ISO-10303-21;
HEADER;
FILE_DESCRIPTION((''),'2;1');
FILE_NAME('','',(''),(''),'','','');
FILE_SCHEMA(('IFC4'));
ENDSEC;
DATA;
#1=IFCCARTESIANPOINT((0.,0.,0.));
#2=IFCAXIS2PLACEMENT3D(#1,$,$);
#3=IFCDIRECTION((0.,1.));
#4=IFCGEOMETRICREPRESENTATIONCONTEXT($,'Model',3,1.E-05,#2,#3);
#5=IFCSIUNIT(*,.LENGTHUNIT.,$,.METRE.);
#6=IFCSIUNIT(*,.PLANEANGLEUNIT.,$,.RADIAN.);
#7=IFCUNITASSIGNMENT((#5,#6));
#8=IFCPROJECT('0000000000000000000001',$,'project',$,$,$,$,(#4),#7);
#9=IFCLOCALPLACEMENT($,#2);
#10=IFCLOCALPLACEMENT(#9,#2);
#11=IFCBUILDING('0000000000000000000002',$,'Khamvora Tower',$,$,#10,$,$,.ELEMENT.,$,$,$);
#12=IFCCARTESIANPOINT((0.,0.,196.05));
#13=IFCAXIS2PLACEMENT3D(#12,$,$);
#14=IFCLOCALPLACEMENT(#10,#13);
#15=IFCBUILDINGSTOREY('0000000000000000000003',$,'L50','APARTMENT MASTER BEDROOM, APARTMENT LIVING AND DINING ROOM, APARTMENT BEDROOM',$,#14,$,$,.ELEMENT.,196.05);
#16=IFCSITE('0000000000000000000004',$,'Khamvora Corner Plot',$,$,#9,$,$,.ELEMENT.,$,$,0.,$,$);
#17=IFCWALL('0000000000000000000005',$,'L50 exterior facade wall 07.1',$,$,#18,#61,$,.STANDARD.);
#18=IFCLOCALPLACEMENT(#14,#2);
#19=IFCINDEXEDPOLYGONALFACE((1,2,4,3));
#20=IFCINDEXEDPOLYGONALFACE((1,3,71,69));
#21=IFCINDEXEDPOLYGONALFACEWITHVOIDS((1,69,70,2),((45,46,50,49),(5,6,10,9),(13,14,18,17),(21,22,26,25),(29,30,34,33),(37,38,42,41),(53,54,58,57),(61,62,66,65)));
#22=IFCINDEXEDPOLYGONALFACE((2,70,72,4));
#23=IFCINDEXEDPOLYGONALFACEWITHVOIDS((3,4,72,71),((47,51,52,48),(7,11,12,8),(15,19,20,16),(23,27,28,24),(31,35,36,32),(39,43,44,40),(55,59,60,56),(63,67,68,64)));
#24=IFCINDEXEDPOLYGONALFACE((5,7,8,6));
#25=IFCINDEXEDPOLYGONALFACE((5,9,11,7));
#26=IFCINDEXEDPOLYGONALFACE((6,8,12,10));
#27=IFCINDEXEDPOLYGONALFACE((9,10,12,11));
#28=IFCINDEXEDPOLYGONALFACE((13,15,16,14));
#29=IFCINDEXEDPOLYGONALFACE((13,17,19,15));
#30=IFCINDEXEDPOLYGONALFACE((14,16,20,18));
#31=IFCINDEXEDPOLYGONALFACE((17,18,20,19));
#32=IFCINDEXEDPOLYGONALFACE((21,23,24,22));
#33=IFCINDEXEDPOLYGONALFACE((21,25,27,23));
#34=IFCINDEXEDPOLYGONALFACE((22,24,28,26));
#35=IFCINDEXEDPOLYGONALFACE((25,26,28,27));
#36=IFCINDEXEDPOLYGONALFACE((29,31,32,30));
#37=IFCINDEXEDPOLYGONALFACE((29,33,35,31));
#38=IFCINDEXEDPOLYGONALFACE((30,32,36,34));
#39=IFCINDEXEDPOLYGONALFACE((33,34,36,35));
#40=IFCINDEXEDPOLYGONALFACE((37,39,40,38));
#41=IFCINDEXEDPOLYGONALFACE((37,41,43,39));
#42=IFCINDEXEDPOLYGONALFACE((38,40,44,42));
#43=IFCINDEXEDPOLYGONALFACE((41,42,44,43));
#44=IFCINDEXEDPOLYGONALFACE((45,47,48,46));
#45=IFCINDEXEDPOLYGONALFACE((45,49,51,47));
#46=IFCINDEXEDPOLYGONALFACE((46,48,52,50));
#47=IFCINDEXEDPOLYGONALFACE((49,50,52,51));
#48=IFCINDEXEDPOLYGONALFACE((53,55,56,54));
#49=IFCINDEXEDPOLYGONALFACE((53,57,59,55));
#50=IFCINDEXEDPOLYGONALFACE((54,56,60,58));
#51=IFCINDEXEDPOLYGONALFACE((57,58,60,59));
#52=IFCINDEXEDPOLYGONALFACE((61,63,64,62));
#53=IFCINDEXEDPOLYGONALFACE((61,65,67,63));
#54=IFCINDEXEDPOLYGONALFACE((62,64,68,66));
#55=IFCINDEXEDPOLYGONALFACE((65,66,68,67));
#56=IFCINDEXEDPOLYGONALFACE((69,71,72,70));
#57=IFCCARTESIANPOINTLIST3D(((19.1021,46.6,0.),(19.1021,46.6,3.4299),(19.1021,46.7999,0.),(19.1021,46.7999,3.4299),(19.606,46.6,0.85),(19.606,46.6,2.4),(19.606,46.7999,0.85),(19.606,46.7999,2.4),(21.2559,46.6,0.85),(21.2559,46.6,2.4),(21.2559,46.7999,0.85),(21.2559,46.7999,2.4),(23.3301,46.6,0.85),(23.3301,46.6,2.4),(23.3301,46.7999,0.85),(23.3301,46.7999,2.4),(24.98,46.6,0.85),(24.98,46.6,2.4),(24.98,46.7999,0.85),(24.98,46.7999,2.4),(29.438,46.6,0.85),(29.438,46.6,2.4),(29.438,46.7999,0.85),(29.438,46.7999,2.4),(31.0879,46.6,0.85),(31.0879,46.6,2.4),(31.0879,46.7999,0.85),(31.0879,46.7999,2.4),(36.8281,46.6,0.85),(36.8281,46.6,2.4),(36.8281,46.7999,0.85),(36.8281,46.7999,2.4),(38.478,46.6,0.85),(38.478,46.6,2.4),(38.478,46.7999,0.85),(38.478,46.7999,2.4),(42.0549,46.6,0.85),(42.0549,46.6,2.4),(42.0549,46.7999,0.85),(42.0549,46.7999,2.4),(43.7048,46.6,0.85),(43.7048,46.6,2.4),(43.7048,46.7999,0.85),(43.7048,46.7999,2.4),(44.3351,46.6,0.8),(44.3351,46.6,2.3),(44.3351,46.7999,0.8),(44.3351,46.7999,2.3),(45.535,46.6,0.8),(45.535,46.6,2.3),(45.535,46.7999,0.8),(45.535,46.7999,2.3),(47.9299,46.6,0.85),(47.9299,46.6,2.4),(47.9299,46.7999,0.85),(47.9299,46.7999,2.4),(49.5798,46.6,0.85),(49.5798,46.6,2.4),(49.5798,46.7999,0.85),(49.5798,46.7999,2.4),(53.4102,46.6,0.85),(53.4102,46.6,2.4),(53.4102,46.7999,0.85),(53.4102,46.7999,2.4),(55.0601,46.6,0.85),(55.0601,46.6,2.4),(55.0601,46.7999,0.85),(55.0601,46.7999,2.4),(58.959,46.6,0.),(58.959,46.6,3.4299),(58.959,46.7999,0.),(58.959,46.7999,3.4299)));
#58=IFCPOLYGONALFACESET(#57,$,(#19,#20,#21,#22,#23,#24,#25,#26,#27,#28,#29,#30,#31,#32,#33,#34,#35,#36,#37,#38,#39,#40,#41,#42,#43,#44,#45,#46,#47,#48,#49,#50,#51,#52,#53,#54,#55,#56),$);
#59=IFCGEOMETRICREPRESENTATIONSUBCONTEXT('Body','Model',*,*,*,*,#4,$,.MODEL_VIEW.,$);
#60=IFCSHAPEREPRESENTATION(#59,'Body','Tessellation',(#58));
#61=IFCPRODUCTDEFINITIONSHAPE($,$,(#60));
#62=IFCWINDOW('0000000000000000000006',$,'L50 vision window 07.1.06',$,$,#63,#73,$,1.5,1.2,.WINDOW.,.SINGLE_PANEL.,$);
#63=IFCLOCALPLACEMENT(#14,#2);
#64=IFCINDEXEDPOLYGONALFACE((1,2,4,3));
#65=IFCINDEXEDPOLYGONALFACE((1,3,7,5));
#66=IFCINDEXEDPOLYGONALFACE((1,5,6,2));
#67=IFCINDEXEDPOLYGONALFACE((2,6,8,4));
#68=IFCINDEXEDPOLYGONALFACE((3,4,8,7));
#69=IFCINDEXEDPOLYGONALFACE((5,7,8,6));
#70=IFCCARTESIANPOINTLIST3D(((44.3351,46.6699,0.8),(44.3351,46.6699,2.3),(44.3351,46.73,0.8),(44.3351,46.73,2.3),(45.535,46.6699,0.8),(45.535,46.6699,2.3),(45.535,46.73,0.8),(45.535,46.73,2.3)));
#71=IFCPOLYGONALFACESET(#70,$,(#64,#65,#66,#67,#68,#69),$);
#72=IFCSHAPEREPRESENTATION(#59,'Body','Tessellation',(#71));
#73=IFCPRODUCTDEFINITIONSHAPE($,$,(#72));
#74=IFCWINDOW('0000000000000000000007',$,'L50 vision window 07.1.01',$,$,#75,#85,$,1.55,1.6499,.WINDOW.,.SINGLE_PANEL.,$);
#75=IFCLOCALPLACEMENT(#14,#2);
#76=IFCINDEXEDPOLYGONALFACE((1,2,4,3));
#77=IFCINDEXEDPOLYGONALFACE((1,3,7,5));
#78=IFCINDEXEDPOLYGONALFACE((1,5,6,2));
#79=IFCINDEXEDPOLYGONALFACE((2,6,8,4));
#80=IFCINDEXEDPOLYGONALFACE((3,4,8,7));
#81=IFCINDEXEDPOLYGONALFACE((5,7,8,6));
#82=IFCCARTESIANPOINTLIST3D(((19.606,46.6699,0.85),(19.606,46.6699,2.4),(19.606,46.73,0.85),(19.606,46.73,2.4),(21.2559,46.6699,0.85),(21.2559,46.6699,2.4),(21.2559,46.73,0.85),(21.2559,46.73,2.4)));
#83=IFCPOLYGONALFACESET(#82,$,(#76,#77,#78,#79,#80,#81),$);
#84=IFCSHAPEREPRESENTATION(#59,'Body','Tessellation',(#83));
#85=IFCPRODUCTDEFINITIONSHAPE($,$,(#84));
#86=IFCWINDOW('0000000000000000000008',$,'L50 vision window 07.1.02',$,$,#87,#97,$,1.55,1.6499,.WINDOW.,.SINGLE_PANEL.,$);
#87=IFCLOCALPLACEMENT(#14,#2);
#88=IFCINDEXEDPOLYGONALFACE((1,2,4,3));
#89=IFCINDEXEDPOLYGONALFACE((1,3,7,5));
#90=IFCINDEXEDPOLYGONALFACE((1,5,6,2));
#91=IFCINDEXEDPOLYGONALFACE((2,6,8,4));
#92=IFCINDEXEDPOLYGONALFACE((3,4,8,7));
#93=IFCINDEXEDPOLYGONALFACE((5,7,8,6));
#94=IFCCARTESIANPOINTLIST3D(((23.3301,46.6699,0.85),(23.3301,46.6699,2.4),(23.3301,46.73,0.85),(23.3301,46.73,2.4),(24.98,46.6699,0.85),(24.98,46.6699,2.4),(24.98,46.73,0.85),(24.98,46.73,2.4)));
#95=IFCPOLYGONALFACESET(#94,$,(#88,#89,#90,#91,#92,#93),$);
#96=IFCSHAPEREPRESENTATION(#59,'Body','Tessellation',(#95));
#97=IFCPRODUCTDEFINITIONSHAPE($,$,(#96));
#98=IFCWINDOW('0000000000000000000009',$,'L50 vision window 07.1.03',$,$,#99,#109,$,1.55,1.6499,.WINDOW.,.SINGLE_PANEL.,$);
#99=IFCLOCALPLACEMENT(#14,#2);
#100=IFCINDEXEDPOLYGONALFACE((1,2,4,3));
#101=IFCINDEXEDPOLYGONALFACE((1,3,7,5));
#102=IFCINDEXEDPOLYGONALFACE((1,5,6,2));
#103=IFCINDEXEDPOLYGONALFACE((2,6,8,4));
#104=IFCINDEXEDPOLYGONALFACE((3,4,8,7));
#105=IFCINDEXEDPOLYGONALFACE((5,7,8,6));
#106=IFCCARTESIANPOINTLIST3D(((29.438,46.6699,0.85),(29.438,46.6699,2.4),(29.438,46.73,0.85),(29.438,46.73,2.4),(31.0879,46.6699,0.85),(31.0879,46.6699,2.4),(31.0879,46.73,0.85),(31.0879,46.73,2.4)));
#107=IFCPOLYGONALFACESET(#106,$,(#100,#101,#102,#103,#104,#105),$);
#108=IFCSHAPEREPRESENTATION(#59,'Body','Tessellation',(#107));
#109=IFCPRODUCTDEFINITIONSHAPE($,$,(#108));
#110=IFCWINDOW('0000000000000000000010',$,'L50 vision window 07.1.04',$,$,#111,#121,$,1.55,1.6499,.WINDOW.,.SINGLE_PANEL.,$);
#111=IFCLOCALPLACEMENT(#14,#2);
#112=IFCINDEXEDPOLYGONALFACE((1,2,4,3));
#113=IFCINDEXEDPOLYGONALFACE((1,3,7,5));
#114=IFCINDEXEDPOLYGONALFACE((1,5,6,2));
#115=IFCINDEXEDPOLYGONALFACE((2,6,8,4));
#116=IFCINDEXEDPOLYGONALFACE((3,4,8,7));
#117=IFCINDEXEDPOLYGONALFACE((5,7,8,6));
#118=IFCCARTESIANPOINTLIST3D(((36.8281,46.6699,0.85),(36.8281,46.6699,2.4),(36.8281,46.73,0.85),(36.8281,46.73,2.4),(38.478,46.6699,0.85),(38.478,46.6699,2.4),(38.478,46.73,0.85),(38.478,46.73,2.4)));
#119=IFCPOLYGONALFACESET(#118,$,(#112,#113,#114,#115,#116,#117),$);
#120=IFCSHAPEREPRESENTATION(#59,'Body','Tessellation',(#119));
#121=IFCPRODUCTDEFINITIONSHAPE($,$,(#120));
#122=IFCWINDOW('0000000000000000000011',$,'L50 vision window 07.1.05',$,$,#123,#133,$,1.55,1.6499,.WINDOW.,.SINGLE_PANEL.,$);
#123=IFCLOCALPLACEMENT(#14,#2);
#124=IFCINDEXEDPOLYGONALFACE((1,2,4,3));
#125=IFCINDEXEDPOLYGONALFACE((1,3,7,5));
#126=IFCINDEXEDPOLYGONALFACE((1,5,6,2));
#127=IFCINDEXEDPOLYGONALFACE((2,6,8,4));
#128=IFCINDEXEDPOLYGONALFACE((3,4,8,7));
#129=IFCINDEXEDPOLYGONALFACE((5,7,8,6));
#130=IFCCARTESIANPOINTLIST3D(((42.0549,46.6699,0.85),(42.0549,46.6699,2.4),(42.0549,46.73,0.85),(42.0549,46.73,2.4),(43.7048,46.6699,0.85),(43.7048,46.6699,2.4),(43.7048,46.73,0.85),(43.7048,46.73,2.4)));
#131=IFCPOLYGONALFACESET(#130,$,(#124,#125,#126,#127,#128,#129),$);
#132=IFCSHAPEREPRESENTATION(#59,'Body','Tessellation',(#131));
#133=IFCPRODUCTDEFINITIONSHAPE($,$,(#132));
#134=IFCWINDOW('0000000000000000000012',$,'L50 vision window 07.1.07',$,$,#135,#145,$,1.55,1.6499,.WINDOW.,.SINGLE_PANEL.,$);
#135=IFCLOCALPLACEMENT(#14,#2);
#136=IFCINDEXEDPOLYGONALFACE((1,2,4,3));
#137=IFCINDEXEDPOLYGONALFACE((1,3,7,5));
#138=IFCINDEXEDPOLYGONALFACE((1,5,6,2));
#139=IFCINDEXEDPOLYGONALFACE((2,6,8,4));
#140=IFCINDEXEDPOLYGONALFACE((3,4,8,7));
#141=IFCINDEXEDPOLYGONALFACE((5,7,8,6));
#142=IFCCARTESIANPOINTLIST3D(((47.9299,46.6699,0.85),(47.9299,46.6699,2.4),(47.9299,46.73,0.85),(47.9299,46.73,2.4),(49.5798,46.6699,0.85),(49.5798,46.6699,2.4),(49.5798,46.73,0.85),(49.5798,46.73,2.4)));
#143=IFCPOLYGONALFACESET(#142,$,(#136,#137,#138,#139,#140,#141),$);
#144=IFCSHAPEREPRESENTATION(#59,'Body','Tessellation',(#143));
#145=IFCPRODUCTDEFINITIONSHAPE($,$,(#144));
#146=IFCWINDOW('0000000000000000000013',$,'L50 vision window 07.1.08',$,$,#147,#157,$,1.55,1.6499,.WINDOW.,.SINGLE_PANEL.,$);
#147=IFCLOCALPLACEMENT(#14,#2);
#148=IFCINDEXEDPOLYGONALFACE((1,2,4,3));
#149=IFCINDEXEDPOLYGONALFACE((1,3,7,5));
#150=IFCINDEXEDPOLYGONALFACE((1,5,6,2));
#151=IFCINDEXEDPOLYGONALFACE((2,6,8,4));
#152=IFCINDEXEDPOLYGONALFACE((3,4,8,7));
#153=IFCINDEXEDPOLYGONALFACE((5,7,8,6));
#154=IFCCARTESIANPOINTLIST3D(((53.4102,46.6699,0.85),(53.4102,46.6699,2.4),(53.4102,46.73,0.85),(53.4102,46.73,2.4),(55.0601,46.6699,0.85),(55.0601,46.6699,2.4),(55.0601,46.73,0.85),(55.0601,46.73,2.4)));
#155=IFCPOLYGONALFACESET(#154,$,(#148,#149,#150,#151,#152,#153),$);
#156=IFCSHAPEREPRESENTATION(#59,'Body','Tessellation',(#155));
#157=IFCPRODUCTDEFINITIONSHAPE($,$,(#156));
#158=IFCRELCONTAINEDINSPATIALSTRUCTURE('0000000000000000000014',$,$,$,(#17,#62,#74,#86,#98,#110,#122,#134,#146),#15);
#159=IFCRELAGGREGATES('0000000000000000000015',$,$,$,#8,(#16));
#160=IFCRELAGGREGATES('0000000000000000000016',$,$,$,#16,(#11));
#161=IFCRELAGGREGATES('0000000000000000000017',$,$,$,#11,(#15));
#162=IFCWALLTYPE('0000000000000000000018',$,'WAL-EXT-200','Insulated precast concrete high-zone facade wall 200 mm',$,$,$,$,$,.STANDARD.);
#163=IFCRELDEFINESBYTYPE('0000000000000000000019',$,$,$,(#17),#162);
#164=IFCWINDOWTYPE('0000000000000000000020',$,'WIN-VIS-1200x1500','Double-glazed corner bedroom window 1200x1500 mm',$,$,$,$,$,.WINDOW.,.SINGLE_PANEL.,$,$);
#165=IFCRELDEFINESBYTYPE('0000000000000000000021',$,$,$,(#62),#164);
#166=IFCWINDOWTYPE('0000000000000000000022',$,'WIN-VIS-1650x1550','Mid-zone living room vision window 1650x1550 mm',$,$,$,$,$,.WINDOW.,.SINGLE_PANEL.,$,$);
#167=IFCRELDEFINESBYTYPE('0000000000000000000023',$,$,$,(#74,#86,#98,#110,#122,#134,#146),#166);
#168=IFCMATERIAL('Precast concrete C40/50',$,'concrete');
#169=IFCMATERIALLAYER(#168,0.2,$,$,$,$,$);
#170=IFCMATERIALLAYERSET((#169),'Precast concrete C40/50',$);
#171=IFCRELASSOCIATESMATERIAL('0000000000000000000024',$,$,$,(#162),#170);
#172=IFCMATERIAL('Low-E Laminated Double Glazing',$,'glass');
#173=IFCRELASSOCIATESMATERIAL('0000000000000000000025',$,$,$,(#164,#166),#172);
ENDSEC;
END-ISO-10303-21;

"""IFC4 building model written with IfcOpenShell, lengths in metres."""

from ifc_helpers import new_model, si_unit, direction, frame, frame_2d, origin, place, context, subcontext, project, spatial, rectangle, extrude, material, layer, layer_set, type_object, element, fill, save


model = new_model("IFC4")

# Units and contexts
model_context = context("Model", 3, precision=1e-05, world=origin(), true_north=direction((0.0, 1.0)))
body_context = subcontext(model_context, "Body", "Model", "MODEL_VIEW")
ifc_project = project(units=[si_unit("LENGTHUNIT", "METRE"), si_unit("PLANEANGLEUNIT", "RADIAN")], contexts=[model_context])

# Site, building, storey
site_placement = place(None, origin())
site = spatial("IfcSite", under=ifc_project, at=site_placement, Name="Khamvora Corner Plot", CompositionType="ELEMENT", RefElevation=0.0)
building_placement = place(site_placement, origin())
building = spatial("IfcBuilding", under=site, at=building_placement, Name="Khamvora Tower", CompositionType="ELEMENT")
storey_placement = place(building_placement, frame((0.0, 0.0, 196.05)))
storey = spatial("IfcBuildingStorey", under=building, at=storey_placement, Name="L50", Description="APARTMENT MASTER BEDROOM, APARTMENT LIVING AND DINING ROOM, APARTMENT BEDROOM", CompositionType="ELEMENT", Elevation=196.05)

# Shared definitions
ifc_material_1 = material(Name="Precast concrete C40/50", Category="concrete")
ifc_layer_1 = layer(ifc_material_1, 0.2)
ifc_layer_set_1 = layer_set([ifc_layer_1], Name="Precast concrete C40/50")
wall_type_1 = type_object("IfcWallType", Name="WAL-EXT-200", Description="Insulated precast concrete high-zone facade wall 200 mm", PredefinedType="STANDARD", material=ifc_layer_set_1)

# Wall, openings, windows
wall_1_placement = place(storey_placement, frame((19.1021, 46.7, 0.0), z_axis=(0.0, 0.0, 1.0), x_axis=(1.0, 0.0, 0.0)))
wall_1 = element("IfcWall", 1, at=wall_1_placement, inside=storey, type_object=wall_type_1, Name="L50 exterior facade wall 07.1", PredefinedType="STANDARD", context=body_context, shape_type="SweptSolid", body=[
    extrude(rectangle(XDim=39.8569, YDim=0.2, at=frame_2d((19.9285, 0.0))), origin(), (0.0, 0.0, 1.0), 3.4299),
])
opening_1_placement = place(wall_1_placement, frame((0.5039, 0.0, 0.8501)))
opening_1 = element("IfcOpeningElement", 2, at=opening_1_placement, cuts=wall_1, PredefinedType="OPENING", context=body_context, shape_type="SweptSolid", body=[
    extrude(rectangle(XDim=1.6499, YDim=1.55, at=frame_2d((0.825, 0.7749))), frame((0.0, 0.1099, 0.0), z_axis=(0.0, -1.0, 0.0), x_axis=(1.0, 0.0, 0.0)), (0.0, 0.0, 1.0), 0.22),
])
opening_2_placement = place(wall_1_placement, frame((4.228, 0.0, 0.8501)))
opening_2 = element("IfcOpeningElement", 3, at=opening_2_placement, cuts=wall_1, PredefinedType="OPENING", context=body_context, shape_type="SweptSolid", body=[
    extrude(rectangle(XDim=1.6499, YDim=1.55, at=frame_2d((0.825, 0.7749))), frame((0.0, 0.1099, 0.0), z_axis=(0.0, -1.0, 0.0), x_axis=(1.0, 0.0, 0.0)), (0.0, 0.0, 1.0), 0.22),
])
opening_3_placement = place(wall_1_placement, frame((10.3359, 0.0, 0.8501)))
opening_3 = element("IfcOpeningElement", 4, at=opening_3_placement, cuts=wall_1, PredefinedType="OPENING", context=body_context, shape_type="SweptSolid", body=[
    extrude(rectangle(XDim=1.6499, YDim=1.55, at=frame_2d((0.825, 0.7749))), frame((0.0, 0.1099, 0.0), z_axis=(0.0, -1.0, 0.0), x_axis=(1.0, 0.0, 0.0)), (0.0, 0.0, 1.0), 0.22),
])
opening_4_placement = place(wall_1_placement, frame((17.7261, 0.0, 0.8501)))
opening_4 = element("IfcOpeningElement", 5, at=opening_4_placement, cuts=wall_1, PredefinedType="OPENING", context=body_context, shape_type="SweptSolid", body=[
    extrude(rectangle(XDim=1.6499, YDim=1.55, at=frame_2d((0.825, 0.7749))), frame((0.0, 0.1099, 0.0), z_axis=(0.0, -1.0, 0.0), x_axis=(1.0, 0.0, 0.0)), (0.0, 0.0, 1.0), 0.22),
])
opening_5_placement = place(wall_1_placement, frame((22.9529, 0.0, 0.8501)))
opening_5 = element("IfcOpeningElement", 6, at=opening_5_placement, cuts=wall_1, PredefinedType="OPENING", context=body_context, shape_type="SweptSolid", body=[
    extrude(rectangle(XDim=1.6499, YDim=1.55, at=frame_2d((0.825, 0.7749))), frame((0.0, 0.1099, 0.0), z_axis=(0.0, -1.0, 0.0), x_axis=(1.0, 0.0, 0.0)), (0.0, 0.0, 1.0), 0.22),
])
opening_6_placement = place(wall_1_placement, frame((25.2329, 0.0, 0.8)))
opening_6 = element("IfcOpeningElement", 7, at=opening_6_placement, cuts=wall_1, PredefinedType="OPENING", context=body_context, shape_type="SweptSolid", body=[
    extrude(rectangle(XDim=1.2, YDim=1.5, at=frame_2d((0.6001, 0.75))), frame((0.0, 0.1099, 0.0), z_axis=(0.0, -1.0, 0.0), x_axis=(1.0, 0.0, 0.0)), (0.0, 0.0, 1.0), 0.22),
])
opening_7_placement = place(wall_1_placement, frame((28.8279, 0.0, 0.8501)))
opening_7 = element("IfcOpeningElement", 8, at=opening_7_placement, cuts=wall_1, PredefinedType="OPENING", context=body_context, shape_type="SweptSolid", body=[
    extrude(rectangle(XDim=1.6499, YDim=1.55, at=frame_2d((0.825, 0.7749))), frame((0.0, 0.1099, 0.0), z_axis=(0.0, -1.0, 0.0), x_axis=(1.0, 0.0, 0.0)), (0.0, 0.0, 1.0), 0.22),
])
opening_8_placement = place(wall_1_placement, frame((34.3081, 0.0, 0.8501)))
opening_8 = element("IfcOpeningElement", 9, at=opening_8_placement, cuts=wall_1, PredefinedType="OPENING", context=body_context, shape_type="SweptSolid", body=[
    extrude(rectangle(XDim=1.6499, YDim=1.55, at=frame_2d((0.825, 0.7749))), frame((0.0, 0.1099, 0.0), z_axis=(0.0, -1.0, 0.0), x_axis=(1.0, 0.0, 0.0)), (0.0, 0.0, 1.0), 0.22),
])
ifc_material_2 = material(Name="Low-E Laminated Double Glazing", Category="glass")
window_type_1 = type_object("IfcWindowType", Name="WIN-VIS-1200x1500", Description="Double-glazed corner bedroom window 1200x1500 mm", PartitioningType="SINGLE_PANEL", PredefinedType="WINDOW", material=ifc_material_2)
window_1_placement = place(opening_6_placement, origin())
window_1 = element("IfcWindow", 10, at=window_1_placement, inside=storey, type_object=window_type_1, Name="L50 vision window 07.1.06", OverallHeight=1.5, OverallWidth=1.2, PartitioningType="SINGLE_PANEL", PredefinedType="WINDOW", context=body_context, shape_type="SweptSolid", body=[
    extrude(rectangle(XDim=1.2, YDim=1.5, at=frame_2d((0.6001, 0.75))), frame((0.0, 0.03, 0.0), z_axis=(0.0, -1.0, 0.0), x_axis=(1.0, 0.0, 0.0)), (0.0, 0.0, 1.0), 0.0601),
])
fill(opening_6, window_1)
window_type_2 = type_object("IfcWindowType", Name="WIN-VIS-1650x1550", Description="Mid-zone living room vision window 1650x1550 mm", PartitioningType="SINGLE_PANEL", PredefinedType="WINDOW", material=ifc_material_2)
window_2_placement = place(opening_1_placement, origin())
window_2 = element("IfcWindow", 11, at=window_2_placement, inside=storey, type_object=window_type_2, Name="L50 vision window 07.1.01", OverallHeight=1.55, OverallWidth=1.6499, PartitioningType="SINGLE_PANEL", PredefinedType="WINDOW", context=body_context, shape_type="SweptSolid", body=[
    extrude(rectangle(XDim=1.6499, YDim=1.55, at=frame_2d((0.825, 0.7749))), frame((0.0, 0.03, 0.0), z_axis=(0.0, -1.0, 0.0), x_axis=(1.0, 0.0, 0.0)), (0.0, 0.0, 1.0), 0.0601),
])
fill(opening_1, window_2)
window_3_placement = place(opening_2_placement, origin())
window_3 = element("IfcWindow", 12, at=window_3_placement, inside=storey, type_object=window_type_2, Name="L50 vision window 07.1.02", OverallHeight=1.55, OverallWidth=1.6499, PartitioningType="SINGLE_PANEL", PredefinedType="WINDOW", context=body_context, shape_type="SweptSolid", body=[
    extrude(rectangle(XDim=1.6499, YDim=1.55, at=frame_2d((0.825, 0.7749))), frame((0.0, 0.03, 0.0), z_axis=(0.0, -1.0, 0.0), x_axis=(1.0, 0.0, 0.0)), (0.0, 0.0, 1.0), 0.0601),
])
fill(opening_2, window_3)
window_4_placement = place(opening_3_placement, origin())
window_4 = element("IfcWindow", 13, at=window_4_placement, inside=storey, type_object=window_type_2, Name="L50 vision window 07.1.03", OverallHeight=1.55, OverallWidth=1.6499, PartitioningType="SINGLE_PANEL", PredefinedType="WINDOW", context=body_context, shape_type="SweptSolid", body=[
    extrude(rectangle(XDim=1.6499, YDim=1.55, at=frame_2d((0.825, 0.7749))), frame((0.0, 0.03, 0.0), z_axis=(0.0, -1.0, 0.0), x_axis=(1.0, 0.0, 0.0)), (0.0, 0.0, 1.0), 0.0601),
])
fill(opening_3, window_4)
window_5_placement = place(opening_4_placement, origin())
window_5 = element("IfcWindow", 14, at=window_5_placement, inside=storey, type_object=window_type_2, Name="L50 vision window 07.1.04", OverallHeight=1.55, OverallWidth=1.6499, PartitioningType="SINGLE_PANEL", PredefinedType="WINDOW", context=body_context, shape_type="SweptSolid", body=[
    extrude(rectangle(XDim=1.6499, YDim=1.55, at=frame_2d((0.825, 0.7749))), frame((0.0, 0.03, 0.0), z_axis=(0.0, -1.0, 0.0), x_axis=(1.0, 0.0, 0.0)), (0.0, 0.0, 1.0), 0.0601),
])
fill(opening_4, window_5)
window_6_placement = place(opening_5_placement, origin())
window_6 = element("IfcWindow", 15, at=window_6_placement, inside=storey, type_object=window_type_2, Name="L50 vision window 07.1.05", OverallHeight=1.55, OverallWidth=1.6499, PartitioningType="SINGLE_PANEL", PredefinedType="WINDOW", context=body_context, shape_type="SweptSolid", body=[
    extrude(rectangle(XDim=1.6499, YDim=1.55, at=frame_2d((0.825, 0.7749))), frame((0.0, 0.03, 0.0), z_axis=(0.0, -1.0, 0.0), x_axis=(1.0, 0.0, 0.0)), (0.0, 0.0, 1.0), 0.0601),
])
fill(opening_5, window_6)
window_7_placement = place(opening_7_placement, origin())
window_7 = element("IfcWindow", 16, at=window_7_placement, inside=storey, type_object=window_type_2, Name="L50 vision window 07.1.07", OverallHeight=1.55, OverallWidth=1.6499, PartitioningType="SINGLE_PANEL", PredefinedType="WINDOW", context=body_context, shape_type="SweptSolid", body=[
    extrude(rectangle(XDim=1.6499, YDim=1.55, at=frame_2d((0.825, 0.7749))), frame((0.0, 0.03, 0.0), z_axis=(0.0, -1.0, 0.0), x_axis=(1.0, 0.0, 0.0)), (0.0, 0.0, 1.0), 0.0601),
])
fill(opening_7, window_7)
window_8_placement = place(opening_8_placement, origin())
window_8 = element("IfcWindow", 17, at=window_8_placement, inside=storey, type_object=window_type_2, Name="L50 vision window 07.1.08", OverallHeight=1.55, OverallWidth=1.6499, PartitioningType="SINGLE_PANEL", PredefinedType="WINDOW", context=body_context, shape_type="SweptSolid", body=[
    extrude(rectangle(XDim=1.6499, YDim=1.55, at=frame_2d((0.825, 0.7749))), frame((0.0, 0.03, 0.0), z_axis=(0.0, -1.0, 0.0), x_axis=(1.0, 0.0, 0.0)), (0.0, 0.0, 1.0), 0.0601),
])
fill(opening_8, window_8)

save(model, "model.ifc")
